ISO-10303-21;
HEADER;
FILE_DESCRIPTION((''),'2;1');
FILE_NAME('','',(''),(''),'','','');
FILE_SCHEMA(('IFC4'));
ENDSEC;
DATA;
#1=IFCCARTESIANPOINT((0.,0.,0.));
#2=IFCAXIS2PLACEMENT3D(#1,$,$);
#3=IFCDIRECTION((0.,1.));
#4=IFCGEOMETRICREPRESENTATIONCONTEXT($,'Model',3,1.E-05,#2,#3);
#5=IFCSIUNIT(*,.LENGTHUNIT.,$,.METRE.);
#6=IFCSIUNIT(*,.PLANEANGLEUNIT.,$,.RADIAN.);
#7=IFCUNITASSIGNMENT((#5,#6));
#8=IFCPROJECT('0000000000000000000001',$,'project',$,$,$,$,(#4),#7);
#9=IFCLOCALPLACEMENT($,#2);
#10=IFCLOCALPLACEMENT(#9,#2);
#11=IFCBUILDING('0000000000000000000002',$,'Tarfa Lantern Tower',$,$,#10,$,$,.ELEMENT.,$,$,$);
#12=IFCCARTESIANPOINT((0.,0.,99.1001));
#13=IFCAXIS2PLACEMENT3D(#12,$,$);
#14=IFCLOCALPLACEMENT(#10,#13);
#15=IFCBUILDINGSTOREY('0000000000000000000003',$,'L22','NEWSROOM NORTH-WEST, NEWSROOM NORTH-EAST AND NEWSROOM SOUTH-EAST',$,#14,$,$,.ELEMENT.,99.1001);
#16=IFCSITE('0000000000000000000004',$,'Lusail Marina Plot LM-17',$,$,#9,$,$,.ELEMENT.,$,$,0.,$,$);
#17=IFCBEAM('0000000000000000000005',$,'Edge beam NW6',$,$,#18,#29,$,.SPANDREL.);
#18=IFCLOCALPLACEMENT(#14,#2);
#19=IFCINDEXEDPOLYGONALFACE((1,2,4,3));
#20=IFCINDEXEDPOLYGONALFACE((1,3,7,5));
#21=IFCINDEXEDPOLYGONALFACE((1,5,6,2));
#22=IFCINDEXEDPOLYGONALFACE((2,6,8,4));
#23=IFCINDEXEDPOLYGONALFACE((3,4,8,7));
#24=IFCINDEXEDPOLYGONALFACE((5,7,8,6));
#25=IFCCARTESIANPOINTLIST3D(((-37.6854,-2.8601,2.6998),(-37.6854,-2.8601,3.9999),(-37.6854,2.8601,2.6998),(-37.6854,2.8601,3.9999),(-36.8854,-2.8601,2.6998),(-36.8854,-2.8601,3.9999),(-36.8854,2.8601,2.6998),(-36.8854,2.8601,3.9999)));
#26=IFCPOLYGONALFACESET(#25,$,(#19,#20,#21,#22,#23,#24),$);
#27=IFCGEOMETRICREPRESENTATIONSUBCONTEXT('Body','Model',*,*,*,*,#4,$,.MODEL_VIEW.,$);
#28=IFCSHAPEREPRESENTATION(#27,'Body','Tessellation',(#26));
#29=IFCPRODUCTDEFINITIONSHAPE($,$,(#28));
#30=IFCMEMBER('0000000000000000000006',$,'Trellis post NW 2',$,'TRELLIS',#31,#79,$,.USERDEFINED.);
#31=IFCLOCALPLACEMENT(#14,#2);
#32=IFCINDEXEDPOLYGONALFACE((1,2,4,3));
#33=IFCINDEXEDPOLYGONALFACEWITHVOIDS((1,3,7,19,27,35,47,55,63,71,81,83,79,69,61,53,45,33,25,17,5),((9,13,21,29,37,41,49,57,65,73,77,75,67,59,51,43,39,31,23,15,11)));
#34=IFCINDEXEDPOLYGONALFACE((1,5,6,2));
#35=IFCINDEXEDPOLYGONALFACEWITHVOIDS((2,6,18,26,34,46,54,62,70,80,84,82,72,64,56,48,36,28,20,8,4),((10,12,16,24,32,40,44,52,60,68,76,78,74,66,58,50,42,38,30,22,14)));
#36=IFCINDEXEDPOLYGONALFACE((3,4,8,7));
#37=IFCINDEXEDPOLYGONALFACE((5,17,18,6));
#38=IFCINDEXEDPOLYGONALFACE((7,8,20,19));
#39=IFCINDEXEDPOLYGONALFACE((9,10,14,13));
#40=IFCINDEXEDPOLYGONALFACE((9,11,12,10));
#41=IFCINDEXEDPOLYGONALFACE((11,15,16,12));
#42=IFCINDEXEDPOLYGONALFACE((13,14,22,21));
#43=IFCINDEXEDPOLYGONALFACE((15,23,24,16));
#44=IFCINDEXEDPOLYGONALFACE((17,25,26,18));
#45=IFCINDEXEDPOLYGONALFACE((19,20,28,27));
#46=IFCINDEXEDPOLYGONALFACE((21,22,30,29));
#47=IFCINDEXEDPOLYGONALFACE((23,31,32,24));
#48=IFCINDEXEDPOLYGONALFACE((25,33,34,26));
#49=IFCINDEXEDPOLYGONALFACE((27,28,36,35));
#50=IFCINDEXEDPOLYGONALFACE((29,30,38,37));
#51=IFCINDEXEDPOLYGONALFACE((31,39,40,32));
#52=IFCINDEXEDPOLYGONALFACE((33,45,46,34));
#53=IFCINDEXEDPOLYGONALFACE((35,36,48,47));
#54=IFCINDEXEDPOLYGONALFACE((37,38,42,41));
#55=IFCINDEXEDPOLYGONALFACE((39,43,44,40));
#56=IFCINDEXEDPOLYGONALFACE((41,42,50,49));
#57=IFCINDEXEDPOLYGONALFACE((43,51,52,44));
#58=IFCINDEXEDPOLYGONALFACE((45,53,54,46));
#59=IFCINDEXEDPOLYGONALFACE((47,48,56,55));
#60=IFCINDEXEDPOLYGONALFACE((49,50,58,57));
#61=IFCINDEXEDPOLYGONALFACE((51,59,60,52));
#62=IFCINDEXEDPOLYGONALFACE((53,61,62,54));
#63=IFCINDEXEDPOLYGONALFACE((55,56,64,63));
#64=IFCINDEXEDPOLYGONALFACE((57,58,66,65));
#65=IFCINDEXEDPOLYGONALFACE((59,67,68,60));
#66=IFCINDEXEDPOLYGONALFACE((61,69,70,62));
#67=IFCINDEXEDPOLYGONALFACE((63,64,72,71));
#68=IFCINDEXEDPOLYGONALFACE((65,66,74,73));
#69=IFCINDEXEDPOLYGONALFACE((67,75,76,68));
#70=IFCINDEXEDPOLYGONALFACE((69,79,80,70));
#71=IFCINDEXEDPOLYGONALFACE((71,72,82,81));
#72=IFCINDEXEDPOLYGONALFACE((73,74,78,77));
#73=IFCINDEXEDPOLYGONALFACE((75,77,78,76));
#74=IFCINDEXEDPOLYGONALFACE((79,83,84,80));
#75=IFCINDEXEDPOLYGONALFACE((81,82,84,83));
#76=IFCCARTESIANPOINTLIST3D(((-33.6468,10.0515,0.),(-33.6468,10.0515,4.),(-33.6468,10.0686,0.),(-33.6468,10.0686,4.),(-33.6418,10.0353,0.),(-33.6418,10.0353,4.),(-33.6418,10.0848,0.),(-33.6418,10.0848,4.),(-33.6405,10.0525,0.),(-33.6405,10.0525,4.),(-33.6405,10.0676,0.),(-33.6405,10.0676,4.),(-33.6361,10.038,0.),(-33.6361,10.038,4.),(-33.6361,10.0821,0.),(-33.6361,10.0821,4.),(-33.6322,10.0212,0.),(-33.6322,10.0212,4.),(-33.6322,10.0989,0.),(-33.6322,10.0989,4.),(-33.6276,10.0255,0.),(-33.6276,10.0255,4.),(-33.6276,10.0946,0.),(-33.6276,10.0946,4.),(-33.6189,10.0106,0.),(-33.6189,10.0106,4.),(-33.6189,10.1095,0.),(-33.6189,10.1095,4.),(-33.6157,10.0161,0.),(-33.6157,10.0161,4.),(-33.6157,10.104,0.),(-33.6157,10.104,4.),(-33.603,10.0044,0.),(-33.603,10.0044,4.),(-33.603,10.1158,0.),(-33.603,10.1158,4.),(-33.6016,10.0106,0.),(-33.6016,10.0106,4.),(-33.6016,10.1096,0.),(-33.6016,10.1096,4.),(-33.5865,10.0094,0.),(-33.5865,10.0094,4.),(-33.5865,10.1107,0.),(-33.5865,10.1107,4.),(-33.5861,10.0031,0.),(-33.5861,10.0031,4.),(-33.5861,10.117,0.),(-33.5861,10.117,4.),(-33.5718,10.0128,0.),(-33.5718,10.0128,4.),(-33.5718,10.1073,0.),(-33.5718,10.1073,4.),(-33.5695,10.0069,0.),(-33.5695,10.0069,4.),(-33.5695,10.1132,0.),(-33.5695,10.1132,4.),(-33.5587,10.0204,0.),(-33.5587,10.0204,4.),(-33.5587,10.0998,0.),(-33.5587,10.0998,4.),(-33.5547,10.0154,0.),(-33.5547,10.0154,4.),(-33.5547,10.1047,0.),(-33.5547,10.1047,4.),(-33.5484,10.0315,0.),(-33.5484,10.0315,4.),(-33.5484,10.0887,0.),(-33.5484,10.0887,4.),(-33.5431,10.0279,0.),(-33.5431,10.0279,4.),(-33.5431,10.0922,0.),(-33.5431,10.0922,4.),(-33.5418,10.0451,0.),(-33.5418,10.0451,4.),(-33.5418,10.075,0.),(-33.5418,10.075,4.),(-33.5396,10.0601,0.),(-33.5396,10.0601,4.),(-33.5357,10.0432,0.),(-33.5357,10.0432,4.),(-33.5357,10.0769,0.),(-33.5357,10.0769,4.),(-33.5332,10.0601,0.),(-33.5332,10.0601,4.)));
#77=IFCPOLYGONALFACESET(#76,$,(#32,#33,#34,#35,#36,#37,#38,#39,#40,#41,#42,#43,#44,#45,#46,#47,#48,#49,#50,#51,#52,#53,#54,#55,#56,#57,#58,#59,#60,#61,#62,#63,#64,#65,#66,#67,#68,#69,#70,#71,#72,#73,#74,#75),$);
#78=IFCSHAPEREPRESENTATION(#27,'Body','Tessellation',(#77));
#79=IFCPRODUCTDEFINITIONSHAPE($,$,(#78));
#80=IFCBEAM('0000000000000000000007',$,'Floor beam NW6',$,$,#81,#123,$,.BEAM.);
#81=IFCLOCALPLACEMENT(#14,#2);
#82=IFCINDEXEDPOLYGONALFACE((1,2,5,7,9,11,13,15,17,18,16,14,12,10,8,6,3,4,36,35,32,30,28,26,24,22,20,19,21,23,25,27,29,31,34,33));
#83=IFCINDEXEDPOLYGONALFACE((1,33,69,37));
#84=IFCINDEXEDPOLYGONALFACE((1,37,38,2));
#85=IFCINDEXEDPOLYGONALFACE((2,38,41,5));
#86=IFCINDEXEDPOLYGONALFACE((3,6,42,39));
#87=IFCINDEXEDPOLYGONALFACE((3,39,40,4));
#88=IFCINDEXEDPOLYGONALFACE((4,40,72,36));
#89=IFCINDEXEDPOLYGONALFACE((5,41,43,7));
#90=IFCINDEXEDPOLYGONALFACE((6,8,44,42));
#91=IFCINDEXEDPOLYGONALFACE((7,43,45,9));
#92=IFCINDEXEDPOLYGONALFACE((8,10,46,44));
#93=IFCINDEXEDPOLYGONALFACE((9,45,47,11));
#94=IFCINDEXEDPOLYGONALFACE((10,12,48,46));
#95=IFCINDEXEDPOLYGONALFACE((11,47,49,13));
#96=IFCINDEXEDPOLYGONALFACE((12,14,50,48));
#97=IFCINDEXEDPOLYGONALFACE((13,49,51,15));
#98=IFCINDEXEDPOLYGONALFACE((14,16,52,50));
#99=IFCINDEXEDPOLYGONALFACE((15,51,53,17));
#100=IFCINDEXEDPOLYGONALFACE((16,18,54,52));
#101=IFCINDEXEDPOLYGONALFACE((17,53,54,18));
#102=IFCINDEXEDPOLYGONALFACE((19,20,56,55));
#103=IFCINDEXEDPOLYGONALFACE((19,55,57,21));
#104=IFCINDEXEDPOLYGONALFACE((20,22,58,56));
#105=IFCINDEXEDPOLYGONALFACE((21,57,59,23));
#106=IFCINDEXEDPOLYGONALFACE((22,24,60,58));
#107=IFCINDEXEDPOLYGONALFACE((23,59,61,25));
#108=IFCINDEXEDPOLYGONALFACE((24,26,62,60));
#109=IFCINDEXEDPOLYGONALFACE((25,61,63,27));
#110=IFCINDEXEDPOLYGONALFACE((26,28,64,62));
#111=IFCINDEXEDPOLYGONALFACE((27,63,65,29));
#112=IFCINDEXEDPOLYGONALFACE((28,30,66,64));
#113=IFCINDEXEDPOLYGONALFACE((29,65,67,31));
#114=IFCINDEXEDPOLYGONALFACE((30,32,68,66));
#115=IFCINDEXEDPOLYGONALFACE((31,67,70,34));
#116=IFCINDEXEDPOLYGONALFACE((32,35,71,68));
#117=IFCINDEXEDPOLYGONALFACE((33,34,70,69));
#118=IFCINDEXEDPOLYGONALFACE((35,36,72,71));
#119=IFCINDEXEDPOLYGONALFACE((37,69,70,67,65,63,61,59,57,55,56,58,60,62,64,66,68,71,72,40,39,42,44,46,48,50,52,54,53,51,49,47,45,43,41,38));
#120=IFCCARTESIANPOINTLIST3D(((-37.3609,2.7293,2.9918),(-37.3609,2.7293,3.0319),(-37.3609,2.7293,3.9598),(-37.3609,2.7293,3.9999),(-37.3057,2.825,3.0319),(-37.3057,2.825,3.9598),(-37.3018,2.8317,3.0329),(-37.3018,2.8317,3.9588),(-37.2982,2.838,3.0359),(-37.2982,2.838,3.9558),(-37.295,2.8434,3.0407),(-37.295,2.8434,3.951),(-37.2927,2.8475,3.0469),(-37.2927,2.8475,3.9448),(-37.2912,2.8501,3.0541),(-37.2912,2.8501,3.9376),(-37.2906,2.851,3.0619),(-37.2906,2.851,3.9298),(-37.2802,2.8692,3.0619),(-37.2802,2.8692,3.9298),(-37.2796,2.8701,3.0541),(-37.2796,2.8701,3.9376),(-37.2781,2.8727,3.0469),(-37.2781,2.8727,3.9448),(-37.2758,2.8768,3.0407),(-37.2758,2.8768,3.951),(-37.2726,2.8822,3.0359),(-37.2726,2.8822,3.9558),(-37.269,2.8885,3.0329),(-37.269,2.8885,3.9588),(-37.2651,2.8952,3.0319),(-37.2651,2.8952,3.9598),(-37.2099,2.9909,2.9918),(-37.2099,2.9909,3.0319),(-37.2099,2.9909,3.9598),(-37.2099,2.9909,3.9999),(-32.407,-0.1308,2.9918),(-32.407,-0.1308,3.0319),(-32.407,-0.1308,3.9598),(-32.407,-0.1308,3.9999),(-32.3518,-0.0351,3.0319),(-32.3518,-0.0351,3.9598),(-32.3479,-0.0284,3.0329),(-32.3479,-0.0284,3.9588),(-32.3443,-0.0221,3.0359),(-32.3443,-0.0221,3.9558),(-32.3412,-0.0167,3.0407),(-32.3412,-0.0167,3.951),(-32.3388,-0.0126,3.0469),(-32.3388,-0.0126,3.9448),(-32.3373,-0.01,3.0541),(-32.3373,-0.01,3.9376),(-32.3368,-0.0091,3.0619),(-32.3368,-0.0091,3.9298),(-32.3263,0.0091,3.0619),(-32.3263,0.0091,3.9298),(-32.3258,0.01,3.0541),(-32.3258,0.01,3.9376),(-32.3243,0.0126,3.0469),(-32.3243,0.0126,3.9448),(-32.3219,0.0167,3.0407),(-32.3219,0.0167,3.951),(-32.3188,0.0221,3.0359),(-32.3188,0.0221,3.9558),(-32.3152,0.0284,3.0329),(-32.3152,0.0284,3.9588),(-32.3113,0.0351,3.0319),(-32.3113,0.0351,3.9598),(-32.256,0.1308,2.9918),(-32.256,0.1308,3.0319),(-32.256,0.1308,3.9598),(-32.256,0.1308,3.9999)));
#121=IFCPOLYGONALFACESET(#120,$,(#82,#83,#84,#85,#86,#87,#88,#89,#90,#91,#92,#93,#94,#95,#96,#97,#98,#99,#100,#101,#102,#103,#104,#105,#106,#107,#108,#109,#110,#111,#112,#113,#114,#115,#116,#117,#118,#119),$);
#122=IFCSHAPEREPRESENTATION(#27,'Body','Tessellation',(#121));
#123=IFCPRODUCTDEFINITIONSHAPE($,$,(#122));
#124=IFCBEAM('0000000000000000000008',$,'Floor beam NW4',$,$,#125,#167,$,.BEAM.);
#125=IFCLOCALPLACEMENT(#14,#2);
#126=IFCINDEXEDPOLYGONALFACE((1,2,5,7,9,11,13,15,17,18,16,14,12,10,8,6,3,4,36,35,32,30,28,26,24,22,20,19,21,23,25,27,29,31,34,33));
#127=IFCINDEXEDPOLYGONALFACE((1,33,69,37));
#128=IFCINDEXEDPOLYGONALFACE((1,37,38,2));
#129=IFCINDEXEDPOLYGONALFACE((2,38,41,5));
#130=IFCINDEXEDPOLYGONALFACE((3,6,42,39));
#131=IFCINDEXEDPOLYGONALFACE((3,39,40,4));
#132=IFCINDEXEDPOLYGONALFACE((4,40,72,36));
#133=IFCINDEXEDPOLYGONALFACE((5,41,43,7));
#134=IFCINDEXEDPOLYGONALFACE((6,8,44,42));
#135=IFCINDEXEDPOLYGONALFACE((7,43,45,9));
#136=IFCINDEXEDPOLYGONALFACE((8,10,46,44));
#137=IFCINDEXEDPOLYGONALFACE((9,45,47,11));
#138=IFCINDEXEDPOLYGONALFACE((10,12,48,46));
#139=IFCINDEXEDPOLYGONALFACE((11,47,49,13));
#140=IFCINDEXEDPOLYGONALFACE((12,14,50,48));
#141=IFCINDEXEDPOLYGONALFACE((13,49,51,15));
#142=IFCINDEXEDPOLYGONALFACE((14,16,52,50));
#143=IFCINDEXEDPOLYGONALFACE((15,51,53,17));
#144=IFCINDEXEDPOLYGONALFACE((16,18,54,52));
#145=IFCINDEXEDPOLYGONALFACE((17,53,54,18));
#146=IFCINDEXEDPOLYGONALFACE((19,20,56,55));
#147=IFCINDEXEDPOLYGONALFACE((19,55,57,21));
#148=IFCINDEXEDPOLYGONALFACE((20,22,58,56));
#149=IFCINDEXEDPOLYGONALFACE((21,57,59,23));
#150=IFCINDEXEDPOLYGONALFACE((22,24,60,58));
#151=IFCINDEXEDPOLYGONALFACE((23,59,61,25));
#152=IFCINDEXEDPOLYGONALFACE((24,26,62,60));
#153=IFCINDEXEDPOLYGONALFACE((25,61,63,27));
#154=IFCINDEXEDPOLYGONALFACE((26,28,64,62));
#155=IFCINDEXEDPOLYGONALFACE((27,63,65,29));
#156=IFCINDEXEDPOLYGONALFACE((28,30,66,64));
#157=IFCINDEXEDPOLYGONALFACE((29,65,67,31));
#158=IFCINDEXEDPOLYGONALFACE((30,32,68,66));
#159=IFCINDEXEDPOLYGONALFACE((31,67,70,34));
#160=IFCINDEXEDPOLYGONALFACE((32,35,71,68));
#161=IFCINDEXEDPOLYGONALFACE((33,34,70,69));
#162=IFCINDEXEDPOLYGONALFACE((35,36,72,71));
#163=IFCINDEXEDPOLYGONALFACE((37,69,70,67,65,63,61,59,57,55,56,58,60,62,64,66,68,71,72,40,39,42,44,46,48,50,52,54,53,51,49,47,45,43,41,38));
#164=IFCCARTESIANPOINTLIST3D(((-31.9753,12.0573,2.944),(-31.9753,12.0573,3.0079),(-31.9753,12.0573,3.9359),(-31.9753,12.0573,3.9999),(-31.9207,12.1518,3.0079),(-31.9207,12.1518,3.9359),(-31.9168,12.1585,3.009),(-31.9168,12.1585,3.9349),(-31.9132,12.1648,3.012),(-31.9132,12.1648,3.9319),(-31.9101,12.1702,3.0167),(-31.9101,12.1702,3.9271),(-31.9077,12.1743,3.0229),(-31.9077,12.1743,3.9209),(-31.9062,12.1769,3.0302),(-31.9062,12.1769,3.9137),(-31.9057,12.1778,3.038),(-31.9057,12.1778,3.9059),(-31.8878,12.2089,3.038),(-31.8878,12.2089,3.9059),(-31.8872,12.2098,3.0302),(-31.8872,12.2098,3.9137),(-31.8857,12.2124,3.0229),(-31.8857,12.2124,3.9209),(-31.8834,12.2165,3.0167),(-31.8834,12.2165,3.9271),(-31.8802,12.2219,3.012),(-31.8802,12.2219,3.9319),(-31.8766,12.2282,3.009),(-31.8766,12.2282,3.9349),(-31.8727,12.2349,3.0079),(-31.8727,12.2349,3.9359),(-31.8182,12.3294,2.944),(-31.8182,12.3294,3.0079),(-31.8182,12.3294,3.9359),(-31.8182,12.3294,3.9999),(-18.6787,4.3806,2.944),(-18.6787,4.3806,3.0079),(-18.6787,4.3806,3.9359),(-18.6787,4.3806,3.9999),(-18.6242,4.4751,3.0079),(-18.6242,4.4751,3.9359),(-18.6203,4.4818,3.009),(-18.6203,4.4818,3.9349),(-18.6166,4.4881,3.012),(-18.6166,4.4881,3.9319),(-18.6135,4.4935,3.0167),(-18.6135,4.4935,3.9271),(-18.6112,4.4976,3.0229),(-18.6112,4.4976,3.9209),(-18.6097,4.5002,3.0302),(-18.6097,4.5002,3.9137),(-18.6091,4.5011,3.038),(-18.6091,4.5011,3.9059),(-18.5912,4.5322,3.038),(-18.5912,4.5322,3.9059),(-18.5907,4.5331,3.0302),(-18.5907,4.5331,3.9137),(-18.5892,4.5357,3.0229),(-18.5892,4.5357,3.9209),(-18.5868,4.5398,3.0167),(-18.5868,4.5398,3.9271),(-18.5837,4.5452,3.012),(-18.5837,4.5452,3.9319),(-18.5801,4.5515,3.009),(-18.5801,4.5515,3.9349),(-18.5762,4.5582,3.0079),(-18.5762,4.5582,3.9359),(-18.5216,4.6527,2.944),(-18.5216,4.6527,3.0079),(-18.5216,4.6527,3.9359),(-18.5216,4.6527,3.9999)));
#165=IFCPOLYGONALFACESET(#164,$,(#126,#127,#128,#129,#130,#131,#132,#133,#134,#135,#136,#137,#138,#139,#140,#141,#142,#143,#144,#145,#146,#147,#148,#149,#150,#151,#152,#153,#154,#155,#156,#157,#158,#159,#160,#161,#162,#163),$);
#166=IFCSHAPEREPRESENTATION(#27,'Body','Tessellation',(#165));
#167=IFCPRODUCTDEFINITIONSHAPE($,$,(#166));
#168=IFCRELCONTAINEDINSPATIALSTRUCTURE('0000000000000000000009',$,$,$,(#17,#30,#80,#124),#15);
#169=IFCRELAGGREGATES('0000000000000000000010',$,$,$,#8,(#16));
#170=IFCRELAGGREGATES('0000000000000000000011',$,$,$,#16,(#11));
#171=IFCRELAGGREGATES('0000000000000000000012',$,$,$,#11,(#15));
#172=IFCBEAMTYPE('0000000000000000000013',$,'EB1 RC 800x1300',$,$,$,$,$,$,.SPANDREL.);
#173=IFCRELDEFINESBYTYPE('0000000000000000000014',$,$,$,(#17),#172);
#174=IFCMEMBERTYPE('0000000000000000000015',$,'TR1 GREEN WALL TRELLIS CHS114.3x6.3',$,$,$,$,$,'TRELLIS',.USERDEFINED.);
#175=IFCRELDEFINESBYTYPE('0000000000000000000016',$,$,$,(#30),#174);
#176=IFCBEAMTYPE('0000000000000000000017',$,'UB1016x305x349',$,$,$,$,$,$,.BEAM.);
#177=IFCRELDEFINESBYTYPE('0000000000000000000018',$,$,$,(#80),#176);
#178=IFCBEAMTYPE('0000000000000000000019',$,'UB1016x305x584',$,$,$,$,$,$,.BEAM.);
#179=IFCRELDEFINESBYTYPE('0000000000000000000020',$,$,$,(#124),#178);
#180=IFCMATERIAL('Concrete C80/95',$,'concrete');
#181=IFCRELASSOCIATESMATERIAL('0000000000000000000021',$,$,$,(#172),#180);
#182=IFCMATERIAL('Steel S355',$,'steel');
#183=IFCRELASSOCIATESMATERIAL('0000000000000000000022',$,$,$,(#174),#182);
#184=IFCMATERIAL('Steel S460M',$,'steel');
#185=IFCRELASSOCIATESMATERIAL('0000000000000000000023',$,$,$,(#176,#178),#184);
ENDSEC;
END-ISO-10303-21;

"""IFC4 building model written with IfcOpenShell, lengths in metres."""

from ifc_helpers import new_model, si_unit, direction, frame, origin, origin_2d, place, context, subcontext, project, spatial, rectangle, hollow_circle, i_section, extrude, material, material_profile, profile_set, type_object, element, save


model = new_model("IFC4")

# Units and contexts
model_context = context("Model", 3, precision=1e-05, world=origin(), true_north=direction((0.0, 1.0)))
body_context = subcontext(model_context, "Body", "Model", "MODEL_VIEW")
ifc_project = project(units=[si_unit("LENGTHUNIT", "METRE"), si_unit("PLANEANGLEUNIT", "RADIAN")], contexts=[model_context])

# Site, building, storey
site_placement = place(None, origin())
site = spatial("IfcSite", under=ifc_project, at=site_placement, Name="Lusail Marina Plot LM-17", CompositionType="ELEMENT", RefElevation=0.0)
building_placement = place(site_placement, origin())
building = spatial("IfcBuilding", under=site, at=building_placement, Name="Tarfa Lantern Tower", CompositionType="ELEMENT")
storey_placement = place(building_placement, frame((0.0, 0.0, 99.1001)))
storey = spatial("IfcBuildingStorey", under=building, at=storey_placement, Name="L22", Description="NEWSROOM NORTH-WEST, NEWSROOM NORTH-EAST AND NEWSROOM SOUTH-EAST", CompositionType="ELEMENT", Elevation=99.1001)

# Shared definitions
ifc_material_1 = material(Name="Concrete C80/95", Category="concrete")

# Beam
ifc_material_profile_1 = material_profile(ifc_material_1, rectangle(XDim=0.8, YDim=1.3, at=origin_2d()), Name="RC 800x1300")
ifc_profile_set_1 = profile_set([ifc_material_profile_1], Name="Concrete C80/95")
beam_type_1 = type_object("IfcBeamType", Name="EB1 RC 800x1300", PredefinedType="SPANDREL", material=ifc_profile_set_1)
beam_1_placement = place(storey_placement, frame((-37.2854, 2.8601, 3.3499), z_axis=(0.0, -1.0, 0.0), x_axis=(1.0, 0.0, 0.0)))
element("IfcBeam", 1, at=beam_1_placement, inside=storey, type_object=beam_type_1, Name="Edge beam NW6", PredefinedType="SPANDREL", context=body_context, shape_type="SweptSolid", body=[
    extrude(rectangle(XDim=0.8, YDim=1.3, at=origin_2d()), origin(), (0.0, 0.0, 1.0), 5.7202),
])

# Member
ifc_material_2 = material(Name="Steel S355", Category="steel")
ifc_material_profile_2 = material_profile(ifc_material_2, hollow_circle(Radius=0.0571, WallThickness=0.0063, at=origin_2d()), Name="CHS114.3x6.3")
ifc_profile_set_2 = profile_set([ifc_material_profile_2], Name="Steel S355")
member_type_1 = type_object("IfcMemberType", Name="TR1 GREEN WALL TRELLIS CHS114.3x6.3", ElementType="TRELLIS", PredefinedType="USERDEFINED", material=ifc_profile_set_2)
member_1_placement = place(storey_placement, frame((-33.5903, 10.0601, 0.0), z_axis=(0.0, 0.0, 1.0), x_axis=(1.0, 0.0, 0.0)))
element("IfcMember", 2, at=member_1_placement, inside=storey, type_object=member_type_1, Name="Trellis post NW 2", ObjectType="TRELLIS", PredefinedType="USERDEFINED", context=body_context, shape_type="SweptSolid", body=[
    extrude(hollow_circle(Radius=0.0571, WallThickness=0.0063, at=origin_2d()), origin(), (0.0, 0.0, 1.0), 4.0),
])

# Beams
ifc_material_3 = material(Name="Steel S460M", Category="steel")
ifc_material_profile_3 = material_profile(ifc_material_3, i_section(OverallWidth=0.302, OverallDepth=1.0081, WebThickness=0.021, FlangeThickness=0.04, FilletRadius=0.03, at=origin_2d()), Name="UB1016x305x349")
ifc_profile_set_3 = profile_set([ifc_material_profile_3], Name="Steel S460M")
beam_type_2 = type_object("IfcBeamType", Name="UB1016x305x349", PredefinedType="BEAM", material=ifc_profile_set_3)
beam_2_placement = place(storey_placement, frame((-37.2854, 2.8601, 3.4958), z_axis=(0.866026, -0.5, 0.0), x_axis=(0.5, 0.866026, 0.0)))
element("IfcBeam", 3, at=beam_2_placement, inside=storey, type_object=beam_type_2, Name="Floor beam NW6", PredefinedType="BEAM", context=body_context, shape_type="SweptSolid", body=[
    extrude(i_section(OverallWidth=0.302, OverallDepth=1.0081, WebThickness=0.021, FlangeThickness=0.04, FilletRadius=0.03, at=origin_2d()), origin(), (0.0, 0.0, 1.0), 5.7202),
])
ifc_material_profile_4 = material_profile(ifc_material_3, i_section(OverallWidth=0.3142, OverallDepth=1.0559, WebThickness=0.0359, FlangeThickness=0.064, FilletRadius=0.03, at=origin_2d()), Name="UB1016x305x584")
ifc_profile_set_4 = profile_set([ifc_material_profile_4], Name="Steel S460M")
beam_type_3 = type_object("IfcBeamType", Name="UB1016x305x584", PredefinedType="BEAM", material=ifc_profile_set_4)
beam_3_placement = place(storey_placement, frame((-31.8967, 12.1934, 3.4719), z_axis=(0.866027, -0.499997, 0.0), x_axis=(0.499997, 0.866027, 0.0)))
element("IfcBeam", 4, at=beam_3_placement, inside=storey, type_object=beam_type_3, Name="Floor beam NW4", PredefinedType="BEAM", context=body_context, shape_type="SweptSolid", body=[
    extrude(i_section(OverallWidth=0.3142, OverallDepth=1.0559, WebThickness=0.0359, FlangeThickness=0.064, FilletRadius=0.03, at=origin_2d()), origin(), (0.0, 0.0, 1.0), 15.3535),
])

save(model, "model.ifc")
